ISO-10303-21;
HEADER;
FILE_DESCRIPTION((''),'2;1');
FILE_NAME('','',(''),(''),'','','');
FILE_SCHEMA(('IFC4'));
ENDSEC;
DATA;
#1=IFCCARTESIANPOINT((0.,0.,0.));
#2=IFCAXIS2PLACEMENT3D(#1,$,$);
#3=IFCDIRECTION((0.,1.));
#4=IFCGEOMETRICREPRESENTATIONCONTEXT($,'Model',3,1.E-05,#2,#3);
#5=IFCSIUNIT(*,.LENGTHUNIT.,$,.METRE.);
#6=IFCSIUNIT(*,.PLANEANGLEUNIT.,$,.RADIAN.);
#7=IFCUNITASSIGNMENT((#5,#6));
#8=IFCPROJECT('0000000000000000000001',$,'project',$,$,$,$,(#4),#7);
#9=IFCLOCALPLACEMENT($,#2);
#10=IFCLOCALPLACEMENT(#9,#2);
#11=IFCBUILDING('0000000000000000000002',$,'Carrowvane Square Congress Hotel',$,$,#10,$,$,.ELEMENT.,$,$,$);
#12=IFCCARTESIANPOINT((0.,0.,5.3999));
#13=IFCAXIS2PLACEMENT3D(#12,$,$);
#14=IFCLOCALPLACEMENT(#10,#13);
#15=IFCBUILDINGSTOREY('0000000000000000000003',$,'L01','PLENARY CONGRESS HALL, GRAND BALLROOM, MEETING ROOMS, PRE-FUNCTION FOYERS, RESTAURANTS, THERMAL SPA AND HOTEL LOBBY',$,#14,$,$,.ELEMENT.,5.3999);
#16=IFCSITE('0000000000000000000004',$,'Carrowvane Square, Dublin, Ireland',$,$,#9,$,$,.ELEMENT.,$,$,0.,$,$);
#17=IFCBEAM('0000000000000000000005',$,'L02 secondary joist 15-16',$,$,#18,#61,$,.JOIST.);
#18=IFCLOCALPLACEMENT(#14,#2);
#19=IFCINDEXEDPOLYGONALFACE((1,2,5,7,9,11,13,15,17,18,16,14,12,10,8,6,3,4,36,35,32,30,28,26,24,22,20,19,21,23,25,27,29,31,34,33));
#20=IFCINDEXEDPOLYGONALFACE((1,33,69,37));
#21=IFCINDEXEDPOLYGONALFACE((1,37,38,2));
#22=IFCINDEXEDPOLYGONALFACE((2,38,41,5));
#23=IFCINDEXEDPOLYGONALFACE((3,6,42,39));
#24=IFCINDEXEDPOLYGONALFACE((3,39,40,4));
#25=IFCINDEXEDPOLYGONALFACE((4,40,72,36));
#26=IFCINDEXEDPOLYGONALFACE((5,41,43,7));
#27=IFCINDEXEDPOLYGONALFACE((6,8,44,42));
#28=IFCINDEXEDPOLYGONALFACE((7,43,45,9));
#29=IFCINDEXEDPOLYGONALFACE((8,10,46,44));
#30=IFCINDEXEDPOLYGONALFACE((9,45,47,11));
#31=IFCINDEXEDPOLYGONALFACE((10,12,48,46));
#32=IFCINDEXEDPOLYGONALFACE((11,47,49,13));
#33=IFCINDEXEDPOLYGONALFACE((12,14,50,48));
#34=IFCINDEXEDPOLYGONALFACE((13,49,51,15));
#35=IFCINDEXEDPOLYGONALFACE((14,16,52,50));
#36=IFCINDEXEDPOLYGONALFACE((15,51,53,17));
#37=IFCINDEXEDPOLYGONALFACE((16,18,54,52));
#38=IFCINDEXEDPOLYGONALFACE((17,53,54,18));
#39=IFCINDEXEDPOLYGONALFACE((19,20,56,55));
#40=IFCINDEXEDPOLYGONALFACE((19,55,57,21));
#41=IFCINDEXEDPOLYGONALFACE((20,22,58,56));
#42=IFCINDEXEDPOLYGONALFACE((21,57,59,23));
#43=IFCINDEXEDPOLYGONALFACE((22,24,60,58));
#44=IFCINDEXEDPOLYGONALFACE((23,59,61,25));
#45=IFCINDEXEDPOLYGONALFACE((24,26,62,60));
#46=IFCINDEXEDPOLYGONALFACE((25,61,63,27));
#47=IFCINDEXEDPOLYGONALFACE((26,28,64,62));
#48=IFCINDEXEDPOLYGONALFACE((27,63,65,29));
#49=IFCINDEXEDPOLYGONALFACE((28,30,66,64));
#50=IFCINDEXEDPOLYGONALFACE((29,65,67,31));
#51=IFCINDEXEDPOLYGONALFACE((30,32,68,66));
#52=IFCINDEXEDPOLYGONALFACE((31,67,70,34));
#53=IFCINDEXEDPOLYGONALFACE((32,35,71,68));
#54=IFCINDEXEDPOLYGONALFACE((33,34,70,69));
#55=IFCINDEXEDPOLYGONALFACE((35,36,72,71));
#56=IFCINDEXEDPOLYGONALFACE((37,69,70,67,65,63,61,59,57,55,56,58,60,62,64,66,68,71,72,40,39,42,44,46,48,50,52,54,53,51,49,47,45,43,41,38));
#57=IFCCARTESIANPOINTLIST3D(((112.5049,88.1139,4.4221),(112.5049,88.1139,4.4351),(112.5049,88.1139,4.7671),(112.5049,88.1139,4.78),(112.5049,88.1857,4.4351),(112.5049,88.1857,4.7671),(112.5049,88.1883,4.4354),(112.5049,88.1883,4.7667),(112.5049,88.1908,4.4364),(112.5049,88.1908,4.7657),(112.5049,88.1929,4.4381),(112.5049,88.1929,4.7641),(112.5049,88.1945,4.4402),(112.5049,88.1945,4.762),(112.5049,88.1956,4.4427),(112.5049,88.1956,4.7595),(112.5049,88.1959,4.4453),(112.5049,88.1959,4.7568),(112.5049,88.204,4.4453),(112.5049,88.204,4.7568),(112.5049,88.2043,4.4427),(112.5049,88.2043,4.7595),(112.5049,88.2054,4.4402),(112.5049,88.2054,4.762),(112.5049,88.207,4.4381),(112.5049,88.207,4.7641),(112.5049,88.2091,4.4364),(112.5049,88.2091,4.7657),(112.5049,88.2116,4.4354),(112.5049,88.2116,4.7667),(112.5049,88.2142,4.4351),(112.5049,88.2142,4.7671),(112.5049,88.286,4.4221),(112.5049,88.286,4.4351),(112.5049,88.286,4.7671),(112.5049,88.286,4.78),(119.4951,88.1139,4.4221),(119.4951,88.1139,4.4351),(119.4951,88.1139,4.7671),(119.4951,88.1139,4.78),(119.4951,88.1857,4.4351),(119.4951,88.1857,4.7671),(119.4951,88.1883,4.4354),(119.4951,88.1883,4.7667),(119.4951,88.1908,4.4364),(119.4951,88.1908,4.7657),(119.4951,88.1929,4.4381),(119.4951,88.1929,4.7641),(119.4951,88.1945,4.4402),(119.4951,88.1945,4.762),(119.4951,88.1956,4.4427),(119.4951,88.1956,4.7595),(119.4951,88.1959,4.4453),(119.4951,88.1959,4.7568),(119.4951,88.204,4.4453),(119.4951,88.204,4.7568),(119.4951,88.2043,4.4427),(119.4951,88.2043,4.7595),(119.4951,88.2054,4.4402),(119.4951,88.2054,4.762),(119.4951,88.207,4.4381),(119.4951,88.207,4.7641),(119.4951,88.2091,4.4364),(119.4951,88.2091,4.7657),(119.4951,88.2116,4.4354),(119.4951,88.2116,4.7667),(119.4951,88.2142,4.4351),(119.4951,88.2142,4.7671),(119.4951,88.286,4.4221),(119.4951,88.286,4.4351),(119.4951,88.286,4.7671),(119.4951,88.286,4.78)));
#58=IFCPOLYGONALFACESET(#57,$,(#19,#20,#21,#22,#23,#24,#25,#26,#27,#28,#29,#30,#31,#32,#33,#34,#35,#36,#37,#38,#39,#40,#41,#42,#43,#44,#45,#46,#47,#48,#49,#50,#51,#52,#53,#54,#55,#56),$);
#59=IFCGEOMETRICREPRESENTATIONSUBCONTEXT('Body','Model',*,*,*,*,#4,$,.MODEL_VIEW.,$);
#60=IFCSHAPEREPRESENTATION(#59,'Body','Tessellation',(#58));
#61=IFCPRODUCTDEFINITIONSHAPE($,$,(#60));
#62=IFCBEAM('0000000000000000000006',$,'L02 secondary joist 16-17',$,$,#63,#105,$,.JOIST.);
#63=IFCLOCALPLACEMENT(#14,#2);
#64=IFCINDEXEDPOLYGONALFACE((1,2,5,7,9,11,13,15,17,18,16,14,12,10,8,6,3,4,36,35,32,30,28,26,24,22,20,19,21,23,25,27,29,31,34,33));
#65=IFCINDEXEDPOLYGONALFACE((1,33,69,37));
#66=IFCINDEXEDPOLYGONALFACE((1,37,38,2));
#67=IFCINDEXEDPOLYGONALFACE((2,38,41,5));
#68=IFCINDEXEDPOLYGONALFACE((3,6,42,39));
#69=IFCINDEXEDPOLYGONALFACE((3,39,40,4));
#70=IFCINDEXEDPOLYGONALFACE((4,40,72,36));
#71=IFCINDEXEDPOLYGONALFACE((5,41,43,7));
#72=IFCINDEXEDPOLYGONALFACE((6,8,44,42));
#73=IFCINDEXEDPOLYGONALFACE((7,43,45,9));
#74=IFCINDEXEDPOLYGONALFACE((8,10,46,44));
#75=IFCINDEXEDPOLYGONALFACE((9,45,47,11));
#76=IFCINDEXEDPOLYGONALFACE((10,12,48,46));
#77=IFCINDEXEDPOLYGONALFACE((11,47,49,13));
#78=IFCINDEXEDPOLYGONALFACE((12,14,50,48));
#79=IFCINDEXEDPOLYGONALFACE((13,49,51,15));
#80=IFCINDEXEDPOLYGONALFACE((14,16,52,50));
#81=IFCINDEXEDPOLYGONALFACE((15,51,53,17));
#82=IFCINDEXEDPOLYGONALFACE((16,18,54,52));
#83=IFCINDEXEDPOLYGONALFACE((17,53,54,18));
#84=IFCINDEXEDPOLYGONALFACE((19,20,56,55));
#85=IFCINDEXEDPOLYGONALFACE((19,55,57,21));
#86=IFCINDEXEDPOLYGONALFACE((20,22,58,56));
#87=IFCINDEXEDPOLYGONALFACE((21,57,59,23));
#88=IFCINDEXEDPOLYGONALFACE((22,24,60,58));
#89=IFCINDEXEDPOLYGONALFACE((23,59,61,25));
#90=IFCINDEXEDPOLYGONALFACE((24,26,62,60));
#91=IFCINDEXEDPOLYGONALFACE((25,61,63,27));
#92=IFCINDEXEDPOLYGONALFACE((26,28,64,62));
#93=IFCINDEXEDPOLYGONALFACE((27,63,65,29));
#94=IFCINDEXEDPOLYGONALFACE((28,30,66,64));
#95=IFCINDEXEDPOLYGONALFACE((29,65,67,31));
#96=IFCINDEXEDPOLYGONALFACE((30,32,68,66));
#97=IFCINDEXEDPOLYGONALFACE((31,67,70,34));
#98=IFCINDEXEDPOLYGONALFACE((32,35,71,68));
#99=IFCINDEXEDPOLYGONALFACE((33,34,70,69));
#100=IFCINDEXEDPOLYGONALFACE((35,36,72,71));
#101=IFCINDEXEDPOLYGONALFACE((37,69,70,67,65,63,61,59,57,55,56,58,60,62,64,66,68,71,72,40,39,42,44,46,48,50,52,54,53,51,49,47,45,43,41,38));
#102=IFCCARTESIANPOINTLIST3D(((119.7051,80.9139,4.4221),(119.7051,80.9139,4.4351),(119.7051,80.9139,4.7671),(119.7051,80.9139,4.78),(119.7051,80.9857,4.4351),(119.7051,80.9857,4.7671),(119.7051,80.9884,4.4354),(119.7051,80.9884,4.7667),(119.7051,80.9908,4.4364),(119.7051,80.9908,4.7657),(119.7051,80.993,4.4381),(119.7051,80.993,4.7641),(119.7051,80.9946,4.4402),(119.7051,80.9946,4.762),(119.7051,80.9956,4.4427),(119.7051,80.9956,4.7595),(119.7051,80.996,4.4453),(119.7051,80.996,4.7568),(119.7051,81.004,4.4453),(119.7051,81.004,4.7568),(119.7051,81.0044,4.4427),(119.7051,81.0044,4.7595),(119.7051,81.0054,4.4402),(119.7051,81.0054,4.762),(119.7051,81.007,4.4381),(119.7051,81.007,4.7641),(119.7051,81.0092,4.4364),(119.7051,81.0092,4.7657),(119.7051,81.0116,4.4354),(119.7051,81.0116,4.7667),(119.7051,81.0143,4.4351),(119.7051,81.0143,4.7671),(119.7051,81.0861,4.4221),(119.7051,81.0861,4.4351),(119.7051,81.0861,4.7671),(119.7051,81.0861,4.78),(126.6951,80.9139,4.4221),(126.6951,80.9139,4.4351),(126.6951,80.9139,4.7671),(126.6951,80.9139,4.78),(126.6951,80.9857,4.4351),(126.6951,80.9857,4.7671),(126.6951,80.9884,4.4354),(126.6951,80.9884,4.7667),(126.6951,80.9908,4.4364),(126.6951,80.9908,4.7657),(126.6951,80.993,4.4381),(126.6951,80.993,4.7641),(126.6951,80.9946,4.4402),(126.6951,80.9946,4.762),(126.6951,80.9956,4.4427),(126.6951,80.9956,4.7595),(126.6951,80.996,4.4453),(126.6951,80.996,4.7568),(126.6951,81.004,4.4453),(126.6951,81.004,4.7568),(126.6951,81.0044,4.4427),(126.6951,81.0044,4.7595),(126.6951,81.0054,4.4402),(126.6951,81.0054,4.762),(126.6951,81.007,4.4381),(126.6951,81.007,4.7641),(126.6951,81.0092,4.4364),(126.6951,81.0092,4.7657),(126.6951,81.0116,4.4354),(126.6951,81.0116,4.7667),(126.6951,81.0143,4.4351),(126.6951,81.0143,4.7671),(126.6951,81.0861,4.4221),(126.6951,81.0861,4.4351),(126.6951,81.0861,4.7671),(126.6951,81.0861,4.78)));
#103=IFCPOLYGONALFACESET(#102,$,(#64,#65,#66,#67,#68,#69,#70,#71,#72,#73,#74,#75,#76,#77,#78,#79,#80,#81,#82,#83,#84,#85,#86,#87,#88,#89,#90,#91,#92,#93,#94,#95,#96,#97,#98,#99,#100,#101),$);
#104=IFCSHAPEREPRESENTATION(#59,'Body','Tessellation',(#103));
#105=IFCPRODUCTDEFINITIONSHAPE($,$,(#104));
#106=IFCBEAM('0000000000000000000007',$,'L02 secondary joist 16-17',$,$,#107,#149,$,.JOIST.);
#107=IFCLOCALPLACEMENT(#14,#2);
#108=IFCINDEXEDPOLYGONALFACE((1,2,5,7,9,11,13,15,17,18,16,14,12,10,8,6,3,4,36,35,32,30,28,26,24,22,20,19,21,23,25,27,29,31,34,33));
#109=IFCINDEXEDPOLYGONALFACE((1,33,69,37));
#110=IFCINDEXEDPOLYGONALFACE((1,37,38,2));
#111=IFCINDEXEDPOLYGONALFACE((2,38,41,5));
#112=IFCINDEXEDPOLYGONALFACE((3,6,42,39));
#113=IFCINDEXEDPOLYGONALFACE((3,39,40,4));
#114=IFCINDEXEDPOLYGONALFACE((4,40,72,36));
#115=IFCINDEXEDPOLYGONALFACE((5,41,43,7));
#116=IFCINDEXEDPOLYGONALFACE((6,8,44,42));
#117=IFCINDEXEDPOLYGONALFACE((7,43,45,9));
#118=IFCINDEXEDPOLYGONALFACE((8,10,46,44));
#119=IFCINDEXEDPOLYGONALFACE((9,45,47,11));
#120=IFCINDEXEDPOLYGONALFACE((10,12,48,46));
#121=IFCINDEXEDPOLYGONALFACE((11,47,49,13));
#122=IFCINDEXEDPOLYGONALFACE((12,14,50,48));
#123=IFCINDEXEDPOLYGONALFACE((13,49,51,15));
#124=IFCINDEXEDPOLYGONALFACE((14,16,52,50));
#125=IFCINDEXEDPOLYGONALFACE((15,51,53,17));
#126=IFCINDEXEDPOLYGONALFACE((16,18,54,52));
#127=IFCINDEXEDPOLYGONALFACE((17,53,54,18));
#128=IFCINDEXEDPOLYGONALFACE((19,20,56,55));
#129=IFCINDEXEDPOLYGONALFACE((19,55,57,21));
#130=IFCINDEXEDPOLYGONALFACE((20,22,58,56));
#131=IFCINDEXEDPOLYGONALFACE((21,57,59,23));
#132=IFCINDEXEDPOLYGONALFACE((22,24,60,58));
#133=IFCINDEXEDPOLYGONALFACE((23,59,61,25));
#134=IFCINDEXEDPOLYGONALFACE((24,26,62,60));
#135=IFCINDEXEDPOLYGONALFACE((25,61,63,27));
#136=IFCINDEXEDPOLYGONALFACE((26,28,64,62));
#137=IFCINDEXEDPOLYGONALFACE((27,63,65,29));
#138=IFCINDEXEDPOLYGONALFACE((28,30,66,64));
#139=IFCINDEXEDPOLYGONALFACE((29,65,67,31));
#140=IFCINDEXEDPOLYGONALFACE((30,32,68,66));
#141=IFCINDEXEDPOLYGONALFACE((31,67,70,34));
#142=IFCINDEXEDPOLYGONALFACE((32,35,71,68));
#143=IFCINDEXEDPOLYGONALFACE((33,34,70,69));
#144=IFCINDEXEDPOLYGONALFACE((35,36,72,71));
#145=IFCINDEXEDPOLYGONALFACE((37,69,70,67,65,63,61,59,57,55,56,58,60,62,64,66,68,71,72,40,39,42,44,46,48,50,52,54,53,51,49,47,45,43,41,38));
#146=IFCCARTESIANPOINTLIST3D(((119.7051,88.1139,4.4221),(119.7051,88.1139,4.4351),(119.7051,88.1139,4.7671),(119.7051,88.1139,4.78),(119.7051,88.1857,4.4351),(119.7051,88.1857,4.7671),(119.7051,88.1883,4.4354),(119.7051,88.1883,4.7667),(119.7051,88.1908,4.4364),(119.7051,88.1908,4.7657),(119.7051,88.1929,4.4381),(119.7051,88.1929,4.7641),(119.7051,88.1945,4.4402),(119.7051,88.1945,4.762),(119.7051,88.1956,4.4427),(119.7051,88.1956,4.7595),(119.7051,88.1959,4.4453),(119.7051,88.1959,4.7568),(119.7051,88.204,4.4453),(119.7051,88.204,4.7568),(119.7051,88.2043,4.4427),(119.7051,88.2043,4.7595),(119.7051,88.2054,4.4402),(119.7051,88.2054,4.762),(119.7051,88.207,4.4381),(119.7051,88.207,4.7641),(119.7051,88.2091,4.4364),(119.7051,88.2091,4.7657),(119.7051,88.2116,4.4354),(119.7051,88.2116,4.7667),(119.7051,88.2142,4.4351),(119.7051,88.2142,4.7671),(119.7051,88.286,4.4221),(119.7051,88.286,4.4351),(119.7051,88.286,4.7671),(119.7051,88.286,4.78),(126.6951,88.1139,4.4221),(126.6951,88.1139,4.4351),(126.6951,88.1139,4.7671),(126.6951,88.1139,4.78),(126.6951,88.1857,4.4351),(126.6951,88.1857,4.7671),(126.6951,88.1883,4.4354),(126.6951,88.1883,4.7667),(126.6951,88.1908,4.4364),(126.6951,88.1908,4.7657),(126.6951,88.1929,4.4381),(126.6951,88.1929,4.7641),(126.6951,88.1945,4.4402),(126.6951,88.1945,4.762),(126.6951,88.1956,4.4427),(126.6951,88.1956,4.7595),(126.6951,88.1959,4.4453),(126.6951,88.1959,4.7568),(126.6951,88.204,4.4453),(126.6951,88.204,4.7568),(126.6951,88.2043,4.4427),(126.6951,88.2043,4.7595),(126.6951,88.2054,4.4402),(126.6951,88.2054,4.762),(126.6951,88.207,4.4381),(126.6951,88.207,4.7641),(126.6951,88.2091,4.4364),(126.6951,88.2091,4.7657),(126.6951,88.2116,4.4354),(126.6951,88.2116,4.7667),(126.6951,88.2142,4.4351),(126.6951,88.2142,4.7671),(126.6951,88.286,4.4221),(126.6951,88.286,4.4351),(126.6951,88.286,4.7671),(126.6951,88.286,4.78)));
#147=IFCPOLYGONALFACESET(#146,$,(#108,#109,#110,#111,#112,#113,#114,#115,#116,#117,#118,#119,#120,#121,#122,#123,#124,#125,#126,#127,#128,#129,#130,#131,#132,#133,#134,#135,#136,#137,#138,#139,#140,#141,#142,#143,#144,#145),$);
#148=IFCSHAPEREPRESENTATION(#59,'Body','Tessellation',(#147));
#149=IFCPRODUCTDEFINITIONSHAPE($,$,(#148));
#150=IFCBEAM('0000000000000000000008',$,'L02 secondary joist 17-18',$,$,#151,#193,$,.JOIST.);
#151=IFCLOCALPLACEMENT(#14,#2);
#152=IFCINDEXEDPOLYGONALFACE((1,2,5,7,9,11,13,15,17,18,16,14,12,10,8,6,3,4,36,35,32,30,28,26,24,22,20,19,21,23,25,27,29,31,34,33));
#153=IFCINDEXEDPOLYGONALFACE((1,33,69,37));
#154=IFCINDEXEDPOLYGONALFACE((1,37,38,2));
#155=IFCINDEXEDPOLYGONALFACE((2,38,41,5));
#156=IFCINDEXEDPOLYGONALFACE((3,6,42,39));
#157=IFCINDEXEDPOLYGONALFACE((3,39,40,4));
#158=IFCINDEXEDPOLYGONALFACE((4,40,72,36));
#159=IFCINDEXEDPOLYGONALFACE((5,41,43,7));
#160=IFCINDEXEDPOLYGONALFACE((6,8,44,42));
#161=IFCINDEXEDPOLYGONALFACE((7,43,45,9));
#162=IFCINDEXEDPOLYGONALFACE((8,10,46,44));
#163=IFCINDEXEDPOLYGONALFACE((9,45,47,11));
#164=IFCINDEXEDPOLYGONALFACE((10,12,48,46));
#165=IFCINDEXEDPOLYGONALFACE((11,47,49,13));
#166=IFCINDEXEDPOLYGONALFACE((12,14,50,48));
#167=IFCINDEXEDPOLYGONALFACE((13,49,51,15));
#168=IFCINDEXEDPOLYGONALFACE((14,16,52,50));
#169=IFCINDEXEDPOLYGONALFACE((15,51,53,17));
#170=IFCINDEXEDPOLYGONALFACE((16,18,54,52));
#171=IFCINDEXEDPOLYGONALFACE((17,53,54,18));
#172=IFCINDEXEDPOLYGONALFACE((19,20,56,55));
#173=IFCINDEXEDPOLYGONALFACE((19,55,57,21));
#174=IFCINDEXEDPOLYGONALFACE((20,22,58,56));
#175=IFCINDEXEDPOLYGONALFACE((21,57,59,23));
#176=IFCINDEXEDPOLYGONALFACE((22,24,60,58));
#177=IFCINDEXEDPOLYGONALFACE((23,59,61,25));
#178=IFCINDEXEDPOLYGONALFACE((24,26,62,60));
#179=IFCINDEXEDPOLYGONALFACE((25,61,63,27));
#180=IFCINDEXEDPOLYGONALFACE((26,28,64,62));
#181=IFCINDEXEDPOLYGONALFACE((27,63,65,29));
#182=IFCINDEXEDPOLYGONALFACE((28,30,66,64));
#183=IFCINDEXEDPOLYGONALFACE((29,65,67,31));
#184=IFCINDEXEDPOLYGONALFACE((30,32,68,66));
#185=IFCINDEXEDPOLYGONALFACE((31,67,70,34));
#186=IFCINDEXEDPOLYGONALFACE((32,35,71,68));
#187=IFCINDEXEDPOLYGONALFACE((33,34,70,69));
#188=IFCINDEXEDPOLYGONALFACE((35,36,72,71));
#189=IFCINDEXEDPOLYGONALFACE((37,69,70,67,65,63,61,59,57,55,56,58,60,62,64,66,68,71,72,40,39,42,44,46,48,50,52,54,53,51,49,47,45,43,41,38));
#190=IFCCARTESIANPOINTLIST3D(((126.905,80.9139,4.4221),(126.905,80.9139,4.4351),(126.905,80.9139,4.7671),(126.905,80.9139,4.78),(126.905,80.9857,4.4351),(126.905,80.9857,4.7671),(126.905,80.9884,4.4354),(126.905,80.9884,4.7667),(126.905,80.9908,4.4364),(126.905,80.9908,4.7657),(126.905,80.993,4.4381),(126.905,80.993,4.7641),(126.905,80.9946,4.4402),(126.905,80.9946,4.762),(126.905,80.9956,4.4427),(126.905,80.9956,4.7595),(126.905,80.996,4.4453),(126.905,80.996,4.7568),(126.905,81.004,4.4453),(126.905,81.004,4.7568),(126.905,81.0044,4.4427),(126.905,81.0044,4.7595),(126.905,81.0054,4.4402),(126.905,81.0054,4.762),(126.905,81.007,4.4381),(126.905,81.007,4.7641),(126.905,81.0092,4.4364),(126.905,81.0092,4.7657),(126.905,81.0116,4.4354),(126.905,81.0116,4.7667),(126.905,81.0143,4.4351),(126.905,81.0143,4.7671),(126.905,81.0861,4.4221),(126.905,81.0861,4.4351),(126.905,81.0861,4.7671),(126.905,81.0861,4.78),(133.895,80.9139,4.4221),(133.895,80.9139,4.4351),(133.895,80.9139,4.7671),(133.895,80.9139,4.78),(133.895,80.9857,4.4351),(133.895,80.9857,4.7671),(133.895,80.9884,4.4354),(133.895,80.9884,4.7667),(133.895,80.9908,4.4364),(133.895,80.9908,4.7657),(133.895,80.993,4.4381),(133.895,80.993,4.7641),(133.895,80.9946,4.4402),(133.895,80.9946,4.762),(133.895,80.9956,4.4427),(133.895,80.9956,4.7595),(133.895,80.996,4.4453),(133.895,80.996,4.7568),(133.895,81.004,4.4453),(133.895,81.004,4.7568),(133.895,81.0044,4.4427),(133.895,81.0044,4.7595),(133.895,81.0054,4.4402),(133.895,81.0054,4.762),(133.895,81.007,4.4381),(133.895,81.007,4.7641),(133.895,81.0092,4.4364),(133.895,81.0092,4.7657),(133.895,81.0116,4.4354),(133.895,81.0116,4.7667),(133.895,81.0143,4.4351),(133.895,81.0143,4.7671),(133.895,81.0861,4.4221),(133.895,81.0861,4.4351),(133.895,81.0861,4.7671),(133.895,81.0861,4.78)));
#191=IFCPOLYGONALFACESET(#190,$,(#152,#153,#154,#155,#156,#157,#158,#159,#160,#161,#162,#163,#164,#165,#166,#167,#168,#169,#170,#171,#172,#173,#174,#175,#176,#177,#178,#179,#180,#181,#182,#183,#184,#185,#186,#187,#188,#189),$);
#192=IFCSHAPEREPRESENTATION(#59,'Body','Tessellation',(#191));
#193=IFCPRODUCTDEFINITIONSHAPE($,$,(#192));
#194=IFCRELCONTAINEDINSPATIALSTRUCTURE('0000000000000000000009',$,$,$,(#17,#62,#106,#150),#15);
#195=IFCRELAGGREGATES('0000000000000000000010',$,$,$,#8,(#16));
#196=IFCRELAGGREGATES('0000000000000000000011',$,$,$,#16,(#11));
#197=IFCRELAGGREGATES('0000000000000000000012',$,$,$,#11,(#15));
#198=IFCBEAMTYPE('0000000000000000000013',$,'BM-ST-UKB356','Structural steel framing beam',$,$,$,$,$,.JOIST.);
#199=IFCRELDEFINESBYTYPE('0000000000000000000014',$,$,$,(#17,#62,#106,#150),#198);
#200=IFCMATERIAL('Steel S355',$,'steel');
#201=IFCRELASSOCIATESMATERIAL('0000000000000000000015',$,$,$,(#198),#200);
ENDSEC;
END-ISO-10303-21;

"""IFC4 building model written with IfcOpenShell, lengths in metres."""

from ifc_helpers import new_model, si_unit, direction, frame, origin, origin_2d, place, context, subcontext, project, spatial, i_section, extrude, material, material_profile, profile_set, type_object, element, save


model = new_model("IFC4")

# Units and contexts
model_context = context("Model", 3, precision=1e-05, world=origin(), true_north=direction((0.0, 1.0)))
body_context = subcontext(model_context, "Body", "Model", "MODEL_VIEW")
ifc_project = project(units=[si_unit("LENGTHUNIT", "METRE"), si_unit("PLANEANGLEUNIT", "RADIAN")], contexts=[model_context])

# Site, building, storey
site_placement = place(None, origin())
site = spatial("IfcSite", under=ifc_project, at=site_placement, Name="Carrowvane Square, Dublin, Ireland", CompositionType="ELEMENT", RefElevation=0.0)
building_placement = place(site_placement, origin())
building = spatial("IfcBuilding", under=site, at=building_placement, Name="Carrowvane Square Congress Hotel", CompositionType="ELEMENT")
storey_placement = place(building_placement, frame((0.0, 0.0, 5.3999)))
storey = spatial("IfcBuildingStorey", under=building, at=storey_placement, Name="L01", Description="PLENARY CONGRESS HALL, GRAND BALLROOM, MEETING ROOMS, PRE-FUNCTION FOYERS, RESTAURANTS, THERMAL SPA AND HOTEL LOBBY", CompositionType="ELEMENT", Elevation=5.3999)

# Beams
ifc_material_1 = material(Name="Steel S355", Category="steel")
ifc_material_profile_1 = material_profile(ifc_material_1, i_section(OverallWidth=0.1721, OverallDepth=0.3579, WebThickness=0.0081, FlangeThickness=0.0129, FilletRadius=0.0103, at=origin_2d()), Name="UKB 356x171x57")
ifc_profile_set_1 = profile_set([ifc_material_profile_1], Name="Steel S355")
beam_type_1 = type_object("IfcBeamType", Name="BM-ST-UKB356", Description="Structural steel framing beam", PredefinedType="JOIST", material=ifc_profile_set_1)
for number, where, z_axis, x_axis, name in (
    (1, (112.5049, 88.2, 4.6011), (1.0, 0.0, 0.0), (0.0, 1.0, 0.0), "L02 secondary joist 15-16"),
):
    element("IfcBeam", number, at=place(storey_placement, frame(where, z_axis=z_axis, x_axis=x_axis)), inside=storey, type_object=beam_type_1, Name=name, PredefinedType="JOIST", context=body_context, shape_type="SweptSolid", body=[
        extrude(i_section(OverallWidth=0.1721, OverallDepth=0.3579, WebThickness=0.0081, FlangeThickness=0.0129, FilletRadius=0.0103, at=origin_2d()), origin(), (0.0, 0.0, 1.0), 6.9902),
    ])
for number, where, z_axis, x_axis, name in (
    (2, (119.7051, 81.0, 4.6011), (1.0, 0.0, 0.0), (0.0, 1.0, 0.0), "L02 secondary joist 16-17"),
    (3, (119.7051, 88.2, 4.6011), (1.0, 0.0, 0.0), (0.0, 1.0, 0.0), "L02 secondary joist 16-17"),
    (4, (126.905, 81.0, 4.6011), (1.0, 0.0, 0.0), (0.0, 1.0, 0.0), "L02 secondary joist 17-18"),
):
    element("IfcBeam", number, at=place(storey_placement, frame(where, z_axis=z_axis, x_axis=x_axis)), inside=storey, type_object=beam_type_1, Name=name, PredefinedType="JOIST", context=body_context, shape_type="SweptSolid", body=[
        extrude(i_section(OverallWidth=0.1721, OverallDepth=0.3579, WebThickness=0.0081, FlangeThickness=0.0129, FilletRadius=0.0103, at=origin_2d()), origin(), (0.0, 0.0, 1.0), 6.99),
    ])

save(model, "model.ifc")
